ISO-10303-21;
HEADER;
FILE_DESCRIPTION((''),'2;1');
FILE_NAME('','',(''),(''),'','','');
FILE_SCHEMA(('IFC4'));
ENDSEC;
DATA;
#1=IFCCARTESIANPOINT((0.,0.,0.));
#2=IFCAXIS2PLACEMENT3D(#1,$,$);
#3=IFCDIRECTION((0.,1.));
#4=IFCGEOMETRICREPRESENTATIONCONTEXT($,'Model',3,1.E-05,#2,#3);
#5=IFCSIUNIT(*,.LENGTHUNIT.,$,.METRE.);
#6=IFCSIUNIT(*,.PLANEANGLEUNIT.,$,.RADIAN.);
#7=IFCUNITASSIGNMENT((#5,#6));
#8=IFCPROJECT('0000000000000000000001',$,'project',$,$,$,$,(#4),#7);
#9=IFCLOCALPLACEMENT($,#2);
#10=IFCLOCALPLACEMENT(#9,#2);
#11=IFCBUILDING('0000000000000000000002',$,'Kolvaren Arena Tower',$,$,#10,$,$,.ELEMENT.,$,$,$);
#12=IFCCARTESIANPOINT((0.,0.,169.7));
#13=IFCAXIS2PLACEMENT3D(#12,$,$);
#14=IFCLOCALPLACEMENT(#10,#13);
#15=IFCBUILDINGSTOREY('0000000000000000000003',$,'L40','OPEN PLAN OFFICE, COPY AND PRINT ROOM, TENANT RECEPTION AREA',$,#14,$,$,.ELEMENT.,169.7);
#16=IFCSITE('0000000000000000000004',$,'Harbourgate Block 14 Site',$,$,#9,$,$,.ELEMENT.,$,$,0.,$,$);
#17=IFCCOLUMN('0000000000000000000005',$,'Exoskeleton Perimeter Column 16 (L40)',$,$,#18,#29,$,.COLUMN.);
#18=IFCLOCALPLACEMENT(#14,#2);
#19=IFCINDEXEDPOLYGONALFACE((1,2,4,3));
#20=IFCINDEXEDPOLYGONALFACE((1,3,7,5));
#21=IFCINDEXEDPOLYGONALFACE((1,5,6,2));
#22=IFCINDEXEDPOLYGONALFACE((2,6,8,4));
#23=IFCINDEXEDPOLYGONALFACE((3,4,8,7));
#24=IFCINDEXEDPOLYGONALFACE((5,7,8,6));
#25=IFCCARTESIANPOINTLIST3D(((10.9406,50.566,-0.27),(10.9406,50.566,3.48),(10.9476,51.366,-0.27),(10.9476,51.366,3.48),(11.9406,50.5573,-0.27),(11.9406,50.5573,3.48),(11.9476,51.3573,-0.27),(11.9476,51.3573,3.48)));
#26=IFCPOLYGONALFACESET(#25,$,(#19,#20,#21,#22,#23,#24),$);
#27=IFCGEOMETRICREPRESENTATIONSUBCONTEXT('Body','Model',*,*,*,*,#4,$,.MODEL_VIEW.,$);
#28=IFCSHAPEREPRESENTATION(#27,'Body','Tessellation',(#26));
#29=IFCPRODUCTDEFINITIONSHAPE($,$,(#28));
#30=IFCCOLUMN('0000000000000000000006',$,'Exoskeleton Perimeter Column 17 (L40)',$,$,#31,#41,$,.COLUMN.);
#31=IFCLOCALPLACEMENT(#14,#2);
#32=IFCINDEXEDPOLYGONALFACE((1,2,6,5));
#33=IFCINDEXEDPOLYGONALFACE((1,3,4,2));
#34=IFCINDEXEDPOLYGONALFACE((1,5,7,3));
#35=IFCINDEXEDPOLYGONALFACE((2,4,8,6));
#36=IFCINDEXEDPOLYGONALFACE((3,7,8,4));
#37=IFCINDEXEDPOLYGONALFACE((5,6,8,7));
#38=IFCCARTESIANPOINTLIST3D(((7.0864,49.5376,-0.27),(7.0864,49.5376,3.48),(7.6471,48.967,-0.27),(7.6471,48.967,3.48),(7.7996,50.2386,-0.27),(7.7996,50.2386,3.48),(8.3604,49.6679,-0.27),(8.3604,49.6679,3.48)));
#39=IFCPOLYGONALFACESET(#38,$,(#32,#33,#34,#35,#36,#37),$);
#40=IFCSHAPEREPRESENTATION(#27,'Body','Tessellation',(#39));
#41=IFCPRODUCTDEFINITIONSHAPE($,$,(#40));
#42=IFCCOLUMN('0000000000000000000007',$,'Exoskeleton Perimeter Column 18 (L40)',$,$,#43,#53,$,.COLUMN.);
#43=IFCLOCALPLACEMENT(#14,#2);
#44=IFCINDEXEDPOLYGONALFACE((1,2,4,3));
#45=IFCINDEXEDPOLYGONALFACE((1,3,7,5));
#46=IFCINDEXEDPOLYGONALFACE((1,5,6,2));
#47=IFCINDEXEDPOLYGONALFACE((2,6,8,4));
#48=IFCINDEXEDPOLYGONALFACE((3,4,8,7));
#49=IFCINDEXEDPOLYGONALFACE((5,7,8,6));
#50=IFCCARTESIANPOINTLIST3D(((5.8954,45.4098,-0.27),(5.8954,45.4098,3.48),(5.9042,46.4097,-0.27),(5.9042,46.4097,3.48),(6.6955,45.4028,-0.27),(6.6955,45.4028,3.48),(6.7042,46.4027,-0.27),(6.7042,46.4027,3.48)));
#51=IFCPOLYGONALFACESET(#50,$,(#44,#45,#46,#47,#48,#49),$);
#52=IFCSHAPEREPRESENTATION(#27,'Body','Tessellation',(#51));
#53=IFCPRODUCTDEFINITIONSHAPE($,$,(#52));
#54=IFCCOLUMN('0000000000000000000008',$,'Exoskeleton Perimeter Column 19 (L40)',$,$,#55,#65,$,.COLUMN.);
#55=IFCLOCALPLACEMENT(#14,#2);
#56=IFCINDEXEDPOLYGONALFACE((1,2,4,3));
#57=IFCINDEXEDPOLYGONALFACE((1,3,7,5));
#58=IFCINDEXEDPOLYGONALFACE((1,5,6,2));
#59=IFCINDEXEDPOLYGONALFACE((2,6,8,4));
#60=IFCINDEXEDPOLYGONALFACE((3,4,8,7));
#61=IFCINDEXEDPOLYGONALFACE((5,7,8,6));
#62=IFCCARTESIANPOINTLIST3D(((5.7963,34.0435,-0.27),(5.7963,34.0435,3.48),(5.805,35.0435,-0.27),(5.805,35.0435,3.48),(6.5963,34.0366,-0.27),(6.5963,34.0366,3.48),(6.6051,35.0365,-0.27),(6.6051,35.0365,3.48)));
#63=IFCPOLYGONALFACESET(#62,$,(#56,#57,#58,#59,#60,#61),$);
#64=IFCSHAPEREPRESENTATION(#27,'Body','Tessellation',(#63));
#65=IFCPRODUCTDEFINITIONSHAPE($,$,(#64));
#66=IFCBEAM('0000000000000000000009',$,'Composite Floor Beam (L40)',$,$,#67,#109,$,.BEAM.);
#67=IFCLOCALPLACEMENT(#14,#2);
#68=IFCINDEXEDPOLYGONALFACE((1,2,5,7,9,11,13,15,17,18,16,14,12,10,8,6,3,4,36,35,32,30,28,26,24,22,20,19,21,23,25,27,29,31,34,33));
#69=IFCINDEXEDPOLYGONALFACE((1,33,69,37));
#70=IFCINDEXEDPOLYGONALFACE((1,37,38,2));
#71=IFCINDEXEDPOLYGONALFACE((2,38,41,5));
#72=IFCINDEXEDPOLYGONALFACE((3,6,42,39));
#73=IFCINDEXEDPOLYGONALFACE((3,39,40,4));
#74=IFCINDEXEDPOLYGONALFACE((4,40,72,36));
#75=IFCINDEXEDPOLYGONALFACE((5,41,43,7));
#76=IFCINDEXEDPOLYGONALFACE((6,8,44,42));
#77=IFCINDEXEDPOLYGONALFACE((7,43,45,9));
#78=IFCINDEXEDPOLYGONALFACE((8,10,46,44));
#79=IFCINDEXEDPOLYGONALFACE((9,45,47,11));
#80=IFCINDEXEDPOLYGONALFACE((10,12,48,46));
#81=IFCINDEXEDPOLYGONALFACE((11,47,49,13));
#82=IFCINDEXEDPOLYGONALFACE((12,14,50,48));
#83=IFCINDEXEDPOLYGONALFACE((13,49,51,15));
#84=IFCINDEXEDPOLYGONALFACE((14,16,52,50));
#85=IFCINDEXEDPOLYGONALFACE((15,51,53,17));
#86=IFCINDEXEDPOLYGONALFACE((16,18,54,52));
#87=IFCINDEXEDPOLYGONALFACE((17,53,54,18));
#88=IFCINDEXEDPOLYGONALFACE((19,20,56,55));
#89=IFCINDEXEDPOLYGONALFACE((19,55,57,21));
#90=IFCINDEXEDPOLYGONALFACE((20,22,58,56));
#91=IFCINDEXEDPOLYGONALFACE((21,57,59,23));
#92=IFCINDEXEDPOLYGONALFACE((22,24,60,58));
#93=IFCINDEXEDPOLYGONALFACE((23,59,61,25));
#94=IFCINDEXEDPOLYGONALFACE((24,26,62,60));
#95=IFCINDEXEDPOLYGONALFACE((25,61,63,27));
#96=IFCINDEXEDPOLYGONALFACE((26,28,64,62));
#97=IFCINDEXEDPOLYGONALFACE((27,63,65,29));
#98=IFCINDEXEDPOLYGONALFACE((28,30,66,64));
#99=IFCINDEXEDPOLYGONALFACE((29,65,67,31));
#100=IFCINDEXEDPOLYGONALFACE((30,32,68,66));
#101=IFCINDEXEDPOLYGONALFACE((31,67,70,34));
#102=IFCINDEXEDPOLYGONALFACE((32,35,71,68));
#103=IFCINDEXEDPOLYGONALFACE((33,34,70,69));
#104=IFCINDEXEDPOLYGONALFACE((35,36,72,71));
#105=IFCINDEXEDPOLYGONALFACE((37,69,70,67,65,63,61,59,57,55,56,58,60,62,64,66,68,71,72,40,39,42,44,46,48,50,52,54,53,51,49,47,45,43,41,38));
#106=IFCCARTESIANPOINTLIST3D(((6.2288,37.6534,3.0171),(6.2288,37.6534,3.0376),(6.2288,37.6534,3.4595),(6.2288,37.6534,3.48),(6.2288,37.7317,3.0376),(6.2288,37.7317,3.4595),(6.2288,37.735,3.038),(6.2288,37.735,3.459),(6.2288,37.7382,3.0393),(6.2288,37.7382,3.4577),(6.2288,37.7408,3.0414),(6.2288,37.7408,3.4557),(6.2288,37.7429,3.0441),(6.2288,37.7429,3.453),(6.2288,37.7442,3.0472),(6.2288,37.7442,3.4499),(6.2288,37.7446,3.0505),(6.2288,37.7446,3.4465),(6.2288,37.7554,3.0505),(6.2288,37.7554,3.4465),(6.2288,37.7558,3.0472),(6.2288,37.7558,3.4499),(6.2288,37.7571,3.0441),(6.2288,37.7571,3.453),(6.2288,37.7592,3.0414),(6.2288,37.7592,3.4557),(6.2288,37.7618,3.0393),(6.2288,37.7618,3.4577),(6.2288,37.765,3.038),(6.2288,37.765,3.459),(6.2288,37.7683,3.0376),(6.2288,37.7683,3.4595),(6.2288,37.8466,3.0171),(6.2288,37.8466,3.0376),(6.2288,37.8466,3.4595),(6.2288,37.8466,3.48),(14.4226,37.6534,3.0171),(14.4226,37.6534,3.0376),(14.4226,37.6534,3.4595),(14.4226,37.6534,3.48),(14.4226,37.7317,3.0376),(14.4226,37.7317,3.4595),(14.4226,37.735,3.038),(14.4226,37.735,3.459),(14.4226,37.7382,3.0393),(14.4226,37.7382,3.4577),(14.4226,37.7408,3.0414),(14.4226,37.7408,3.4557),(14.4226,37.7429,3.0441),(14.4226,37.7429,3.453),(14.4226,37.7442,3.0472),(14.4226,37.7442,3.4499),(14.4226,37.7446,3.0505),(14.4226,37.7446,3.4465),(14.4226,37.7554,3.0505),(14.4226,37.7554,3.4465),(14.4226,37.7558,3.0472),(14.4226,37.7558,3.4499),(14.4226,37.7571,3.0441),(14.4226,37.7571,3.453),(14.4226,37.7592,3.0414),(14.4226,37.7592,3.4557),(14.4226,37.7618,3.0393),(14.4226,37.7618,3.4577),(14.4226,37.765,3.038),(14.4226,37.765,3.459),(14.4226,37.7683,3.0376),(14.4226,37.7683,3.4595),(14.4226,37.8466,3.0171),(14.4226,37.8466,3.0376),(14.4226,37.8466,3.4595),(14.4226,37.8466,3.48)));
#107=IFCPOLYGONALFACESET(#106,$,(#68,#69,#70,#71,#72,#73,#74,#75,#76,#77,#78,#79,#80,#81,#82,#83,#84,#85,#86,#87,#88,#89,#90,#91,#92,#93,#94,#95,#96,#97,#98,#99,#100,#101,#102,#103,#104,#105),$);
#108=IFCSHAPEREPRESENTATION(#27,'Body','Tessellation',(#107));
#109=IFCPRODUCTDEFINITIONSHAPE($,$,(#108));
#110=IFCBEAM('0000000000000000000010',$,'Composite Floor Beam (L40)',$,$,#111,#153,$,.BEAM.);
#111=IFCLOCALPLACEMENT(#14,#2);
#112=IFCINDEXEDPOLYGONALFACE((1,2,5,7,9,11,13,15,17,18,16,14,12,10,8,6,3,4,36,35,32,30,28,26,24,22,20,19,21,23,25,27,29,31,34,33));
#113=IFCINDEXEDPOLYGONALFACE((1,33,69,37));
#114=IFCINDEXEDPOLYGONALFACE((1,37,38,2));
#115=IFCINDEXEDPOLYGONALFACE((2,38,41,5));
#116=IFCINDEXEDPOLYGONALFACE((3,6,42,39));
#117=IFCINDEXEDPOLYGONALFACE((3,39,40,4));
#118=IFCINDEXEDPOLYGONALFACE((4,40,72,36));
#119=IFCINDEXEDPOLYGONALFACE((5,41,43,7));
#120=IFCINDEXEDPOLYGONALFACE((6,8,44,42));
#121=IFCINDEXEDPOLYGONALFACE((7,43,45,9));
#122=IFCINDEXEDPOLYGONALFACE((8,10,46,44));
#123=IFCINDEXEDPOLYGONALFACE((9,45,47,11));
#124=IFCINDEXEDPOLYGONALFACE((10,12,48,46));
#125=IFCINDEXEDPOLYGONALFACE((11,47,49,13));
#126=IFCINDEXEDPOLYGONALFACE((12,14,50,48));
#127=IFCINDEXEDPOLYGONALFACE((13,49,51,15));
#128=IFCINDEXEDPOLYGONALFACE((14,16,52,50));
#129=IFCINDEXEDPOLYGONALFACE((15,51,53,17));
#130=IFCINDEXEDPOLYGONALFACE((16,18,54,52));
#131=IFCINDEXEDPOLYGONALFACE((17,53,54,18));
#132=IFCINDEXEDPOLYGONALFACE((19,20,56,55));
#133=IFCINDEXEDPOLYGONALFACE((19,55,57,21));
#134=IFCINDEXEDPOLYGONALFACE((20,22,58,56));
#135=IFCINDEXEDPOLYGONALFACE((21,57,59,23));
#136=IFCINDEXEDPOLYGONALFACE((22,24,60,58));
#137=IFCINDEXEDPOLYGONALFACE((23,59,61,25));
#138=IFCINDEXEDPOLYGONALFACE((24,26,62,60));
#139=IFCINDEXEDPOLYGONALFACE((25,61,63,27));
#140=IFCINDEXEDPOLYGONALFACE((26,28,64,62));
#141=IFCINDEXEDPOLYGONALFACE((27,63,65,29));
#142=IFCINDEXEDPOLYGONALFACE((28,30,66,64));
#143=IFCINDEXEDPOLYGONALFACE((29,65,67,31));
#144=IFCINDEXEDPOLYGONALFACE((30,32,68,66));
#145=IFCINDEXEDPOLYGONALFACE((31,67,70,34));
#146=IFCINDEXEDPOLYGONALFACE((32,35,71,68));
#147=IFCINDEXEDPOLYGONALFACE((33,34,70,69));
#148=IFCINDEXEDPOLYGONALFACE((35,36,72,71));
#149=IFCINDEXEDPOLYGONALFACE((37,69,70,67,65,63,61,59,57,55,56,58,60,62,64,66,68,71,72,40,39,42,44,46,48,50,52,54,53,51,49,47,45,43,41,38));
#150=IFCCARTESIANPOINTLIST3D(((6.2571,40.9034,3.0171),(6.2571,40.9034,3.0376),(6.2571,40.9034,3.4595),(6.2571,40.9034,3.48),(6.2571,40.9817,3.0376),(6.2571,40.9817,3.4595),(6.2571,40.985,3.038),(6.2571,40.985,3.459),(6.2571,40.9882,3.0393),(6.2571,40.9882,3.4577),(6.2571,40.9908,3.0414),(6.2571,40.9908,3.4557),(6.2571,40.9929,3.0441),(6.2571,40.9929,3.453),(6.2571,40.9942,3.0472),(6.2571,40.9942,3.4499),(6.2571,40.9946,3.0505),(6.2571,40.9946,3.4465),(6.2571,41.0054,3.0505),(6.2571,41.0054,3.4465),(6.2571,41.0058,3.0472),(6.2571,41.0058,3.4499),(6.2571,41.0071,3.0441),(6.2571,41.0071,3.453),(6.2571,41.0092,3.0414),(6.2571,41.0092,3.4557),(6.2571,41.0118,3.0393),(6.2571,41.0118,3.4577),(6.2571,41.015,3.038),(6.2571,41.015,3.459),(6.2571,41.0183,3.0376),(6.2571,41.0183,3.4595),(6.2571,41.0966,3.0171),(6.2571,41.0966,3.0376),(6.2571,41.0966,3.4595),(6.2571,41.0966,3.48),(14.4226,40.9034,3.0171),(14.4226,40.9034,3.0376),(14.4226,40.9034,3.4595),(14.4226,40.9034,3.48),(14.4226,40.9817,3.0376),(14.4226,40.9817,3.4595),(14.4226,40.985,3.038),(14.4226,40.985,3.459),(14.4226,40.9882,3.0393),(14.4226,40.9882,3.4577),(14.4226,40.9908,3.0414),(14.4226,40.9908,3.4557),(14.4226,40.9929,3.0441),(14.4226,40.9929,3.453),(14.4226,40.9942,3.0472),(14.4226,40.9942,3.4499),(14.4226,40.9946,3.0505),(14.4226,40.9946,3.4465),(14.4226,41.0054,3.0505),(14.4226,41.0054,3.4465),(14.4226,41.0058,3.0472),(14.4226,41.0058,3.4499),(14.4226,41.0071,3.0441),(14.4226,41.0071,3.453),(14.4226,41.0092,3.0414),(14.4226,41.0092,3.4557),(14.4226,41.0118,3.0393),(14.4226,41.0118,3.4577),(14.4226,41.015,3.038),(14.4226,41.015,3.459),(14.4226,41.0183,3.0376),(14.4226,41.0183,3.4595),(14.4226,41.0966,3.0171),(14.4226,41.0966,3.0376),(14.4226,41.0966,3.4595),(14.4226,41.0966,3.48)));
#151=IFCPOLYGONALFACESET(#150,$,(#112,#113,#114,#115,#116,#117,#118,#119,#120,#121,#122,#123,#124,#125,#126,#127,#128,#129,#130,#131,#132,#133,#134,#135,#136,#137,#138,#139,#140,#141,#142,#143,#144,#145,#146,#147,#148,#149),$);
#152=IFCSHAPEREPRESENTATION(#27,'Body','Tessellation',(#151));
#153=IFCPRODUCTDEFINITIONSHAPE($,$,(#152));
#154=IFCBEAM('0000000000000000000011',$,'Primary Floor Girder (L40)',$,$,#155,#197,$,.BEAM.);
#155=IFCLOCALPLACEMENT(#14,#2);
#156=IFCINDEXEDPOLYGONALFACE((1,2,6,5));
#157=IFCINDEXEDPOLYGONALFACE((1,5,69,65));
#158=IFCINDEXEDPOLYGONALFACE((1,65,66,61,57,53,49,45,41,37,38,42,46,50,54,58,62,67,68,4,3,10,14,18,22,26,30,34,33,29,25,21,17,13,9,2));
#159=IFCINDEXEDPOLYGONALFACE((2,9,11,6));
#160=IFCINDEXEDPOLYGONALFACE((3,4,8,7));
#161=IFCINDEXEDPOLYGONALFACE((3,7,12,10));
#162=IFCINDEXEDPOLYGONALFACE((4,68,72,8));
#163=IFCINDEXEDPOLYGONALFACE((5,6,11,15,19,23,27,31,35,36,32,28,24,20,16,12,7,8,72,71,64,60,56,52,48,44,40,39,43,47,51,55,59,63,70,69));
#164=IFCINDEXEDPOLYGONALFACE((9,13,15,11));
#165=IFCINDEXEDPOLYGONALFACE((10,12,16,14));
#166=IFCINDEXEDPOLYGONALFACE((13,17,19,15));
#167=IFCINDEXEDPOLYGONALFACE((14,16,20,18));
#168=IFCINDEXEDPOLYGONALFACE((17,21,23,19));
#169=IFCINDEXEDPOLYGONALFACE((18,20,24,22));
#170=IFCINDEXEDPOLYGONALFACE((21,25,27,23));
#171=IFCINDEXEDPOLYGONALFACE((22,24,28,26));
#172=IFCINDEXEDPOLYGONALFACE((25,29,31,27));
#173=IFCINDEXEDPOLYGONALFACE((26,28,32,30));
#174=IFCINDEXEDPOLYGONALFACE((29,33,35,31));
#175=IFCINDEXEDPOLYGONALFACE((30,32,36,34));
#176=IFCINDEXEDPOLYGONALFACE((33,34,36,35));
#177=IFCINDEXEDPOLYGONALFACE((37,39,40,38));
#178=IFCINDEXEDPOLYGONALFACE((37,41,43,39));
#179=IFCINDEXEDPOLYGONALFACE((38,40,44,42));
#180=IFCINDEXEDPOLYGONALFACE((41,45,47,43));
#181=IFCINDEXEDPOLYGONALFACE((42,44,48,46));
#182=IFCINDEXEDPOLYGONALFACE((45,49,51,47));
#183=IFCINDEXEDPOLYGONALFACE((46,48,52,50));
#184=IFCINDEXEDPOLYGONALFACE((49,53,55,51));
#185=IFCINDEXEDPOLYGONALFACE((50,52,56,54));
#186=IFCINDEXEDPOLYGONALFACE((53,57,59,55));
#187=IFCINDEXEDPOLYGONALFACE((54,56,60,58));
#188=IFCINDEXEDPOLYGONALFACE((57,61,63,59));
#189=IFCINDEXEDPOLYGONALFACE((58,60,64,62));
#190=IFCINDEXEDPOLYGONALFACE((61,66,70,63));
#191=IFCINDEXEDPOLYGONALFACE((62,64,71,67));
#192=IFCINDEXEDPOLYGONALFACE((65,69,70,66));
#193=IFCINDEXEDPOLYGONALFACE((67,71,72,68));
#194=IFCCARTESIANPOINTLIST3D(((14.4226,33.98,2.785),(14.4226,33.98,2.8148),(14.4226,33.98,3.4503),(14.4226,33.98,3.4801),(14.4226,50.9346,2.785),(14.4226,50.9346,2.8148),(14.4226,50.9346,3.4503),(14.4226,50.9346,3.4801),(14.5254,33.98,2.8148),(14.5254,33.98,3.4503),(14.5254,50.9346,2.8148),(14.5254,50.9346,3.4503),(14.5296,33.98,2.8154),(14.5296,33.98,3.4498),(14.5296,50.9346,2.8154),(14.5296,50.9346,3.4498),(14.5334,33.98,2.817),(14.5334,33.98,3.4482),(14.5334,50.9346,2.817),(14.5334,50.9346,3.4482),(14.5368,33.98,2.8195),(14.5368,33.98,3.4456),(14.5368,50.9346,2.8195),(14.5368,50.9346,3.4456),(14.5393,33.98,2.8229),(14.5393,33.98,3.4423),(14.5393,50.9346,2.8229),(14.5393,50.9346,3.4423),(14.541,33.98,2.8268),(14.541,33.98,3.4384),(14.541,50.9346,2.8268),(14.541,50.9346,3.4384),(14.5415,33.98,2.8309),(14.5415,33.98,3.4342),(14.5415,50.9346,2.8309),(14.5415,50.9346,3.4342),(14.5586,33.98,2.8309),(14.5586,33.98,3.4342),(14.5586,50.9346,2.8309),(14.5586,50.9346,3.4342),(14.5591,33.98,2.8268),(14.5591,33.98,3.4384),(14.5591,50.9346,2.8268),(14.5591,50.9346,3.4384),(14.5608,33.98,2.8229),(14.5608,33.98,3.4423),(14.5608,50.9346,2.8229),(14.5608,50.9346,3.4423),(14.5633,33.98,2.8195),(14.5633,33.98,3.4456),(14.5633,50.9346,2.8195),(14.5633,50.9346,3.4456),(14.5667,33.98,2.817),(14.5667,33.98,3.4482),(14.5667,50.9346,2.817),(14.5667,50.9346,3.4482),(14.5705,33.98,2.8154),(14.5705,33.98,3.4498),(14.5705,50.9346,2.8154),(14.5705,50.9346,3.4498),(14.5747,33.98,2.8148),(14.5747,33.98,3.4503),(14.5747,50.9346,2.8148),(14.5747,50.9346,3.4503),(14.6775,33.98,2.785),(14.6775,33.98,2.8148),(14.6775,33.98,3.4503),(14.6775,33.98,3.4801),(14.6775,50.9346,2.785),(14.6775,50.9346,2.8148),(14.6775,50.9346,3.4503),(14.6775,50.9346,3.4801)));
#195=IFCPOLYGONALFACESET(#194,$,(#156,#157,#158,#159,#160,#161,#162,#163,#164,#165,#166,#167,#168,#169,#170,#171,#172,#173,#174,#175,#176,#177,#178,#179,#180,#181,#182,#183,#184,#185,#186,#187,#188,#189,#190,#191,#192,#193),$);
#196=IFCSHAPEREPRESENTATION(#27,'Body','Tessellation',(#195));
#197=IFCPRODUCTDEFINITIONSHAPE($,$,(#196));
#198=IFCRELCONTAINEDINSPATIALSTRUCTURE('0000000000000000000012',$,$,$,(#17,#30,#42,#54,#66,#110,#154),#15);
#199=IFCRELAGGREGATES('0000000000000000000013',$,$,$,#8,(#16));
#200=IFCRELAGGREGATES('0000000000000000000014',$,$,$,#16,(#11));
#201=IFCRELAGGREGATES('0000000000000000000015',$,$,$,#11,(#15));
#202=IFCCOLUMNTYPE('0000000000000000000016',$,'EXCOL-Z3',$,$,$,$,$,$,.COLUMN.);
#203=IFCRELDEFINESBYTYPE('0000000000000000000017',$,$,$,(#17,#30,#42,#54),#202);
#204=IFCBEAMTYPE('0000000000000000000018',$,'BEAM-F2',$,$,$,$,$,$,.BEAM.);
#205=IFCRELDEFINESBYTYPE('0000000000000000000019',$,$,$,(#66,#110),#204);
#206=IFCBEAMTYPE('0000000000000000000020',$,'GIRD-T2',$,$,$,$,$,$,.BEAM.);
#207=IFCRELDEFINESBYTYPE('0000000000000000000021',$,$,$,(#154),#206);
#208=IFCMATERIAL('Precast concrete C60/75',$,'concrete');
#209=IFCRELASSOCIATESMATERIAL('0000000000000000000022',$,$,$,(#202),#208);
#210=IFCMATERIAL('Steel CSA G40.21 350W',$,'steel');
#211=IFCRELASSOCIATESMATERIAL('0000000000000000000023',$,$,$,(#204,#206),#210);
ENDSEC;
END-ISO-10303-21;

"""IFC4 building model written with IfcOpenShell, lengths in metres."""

from ifc_helpers import new_model, si_unit, direction, frame, origin, origin_2d, place, context, subcontext, project, spatial, rectangle, i_section, extrude, material, material_profile, profile_set, type_object, element, save


model = new_model("IFC4")

# Units and contexts
model_context = context("Model", 3, precision=1e-05, world=origin(), true_north=direction((0.0, 1.0)))
body_context = subcontext(model_context, "Body", "Model", "MODEL_VIEW")
ifc_project = project(units=[si_unit("LENGTHUNIT", "METRE"), si_unit("PLANEANGLEUNIT", "RADIAN")], contexts=[model_context])

# Site, building, storey
site_placement = place(None, origin())
site = spatial("IfcSite", under=ifc_project, at=site_placement, Name="Harbourgate Block 14 Site", CompositionType="ELEMENT", RefElevation=0.0)
building_placement = place(site_placement, origin())
building = spatial("IfcBuilding", under=site, at=building_placement, Name="Kolvaren Arena Tower", CompositionType="ELEMENT")
storey_placement = place(building_placement, frame((0.0, 0.0, 169.7)))
storey = spatial("IfcBuildingStorey", under=building, at=storey_placement, Name="L40", Description="OPEN PLAN OFFICE, COPY AND PRINT ROOM, TENANT RECEPTION AREA", CompositionType="ELEMENT", Elevation=169.7)

# Columns
ifc_material_1 = material(Name="Precast concrete C60/75", Category="concrete")
ifc_material_profile_1 = material_profile(ifc_material_1, rectangle(XDim=1.0, YDim=0.8, at=origin_2d()), Name="RC-1000x800")
ifc_profile_set_1 = profile_set([ifc_material_profile_1], Name="Precast concrete C60/75")
column_type = type_object("IfcColumnType", Name="EXCOL-Z3", PredefinedType="COLUMN", material=ifc_profile_set_1)
for number, where, z_axis, x_axis, name in (
    (1, (11.4441, 50.9617, -0.27), (0.0, 0.0, 1.0), (0.999962, -0.008727, 0.0), "Exoskeleton Perimeter Column 16 (L40)"),
    (2, (7.7234, 49.6028, -0.27), (0.0, 0.0, 1.0), (0.71325, 0.700909, 0.0), "Exoskeleton Perimeter Column 17 (L40)"),
    (3, (6.2998, 45.9062, -0.27), (0.0, 0.0, 1.0), (0.008727, 0.999962, 0.0), "Exoskeleton Perimeter Column 18 (L40)"),
    (4, (6.2007, 34.54, -0.27), (0.0, 0.0, 1.0), (0.008727, 0.999962, 0.0), "Exoskeleton Perimeter Column 19 (L40)"),
):
    element("IfcColumn", number, at=place(storey_placement, frame(where, z_axis=z_axis, x_axis=x_axis)), inside=storey, type_object=column_type, Name=name, PredefinedType="COLUMN", context=body_context, shape_type="SweptSolid", body=[
        extrude(rectangle(XDim=1.0, YDim=0.8, at=origin_2d()), origin(), (0.0, 0.0, 1.0), 3.75),
    ])

# Beams
ifc_material_2 = material(Name="Steel CSA G40.21 350W", Category="steel")
ifc_material_profile_2 = material_profile(ifc_material_2, i_section(OverallWidth=0.1931, OverallDepth=0.4629, WebThickness=0.0107, FlangeThickness=0.0205, FilletRadius=0.0129, at=origin_2d()), Name="W460x113")
ifc_profile_set_2 = profile_set([ifc_material_profile_2], Name="Steel CSA G40.21 350W")
beam_type_1 = type_object("IfcBeamType", Name="BEAM-F2", PredefinedType="BEAM", material=ifc_profile_set_2)
beam_1_placement = place(storey_placement, frame((6.2288, 37.75, 3.2485), z_axis=(1.0, 0.0, 0.0), x_axis=(0.0, 1.0, 0.0)))
element("IfcBeam", 5, at=beam_1_placement, inside=storey, type_object=beam_type_1, Name="Composite Floor Beam (L40)", PredefinedType="BEAM", context=body_context, shape_type="SweptSolid", body=[
    extrude(i_section(OverallWidth=0.1931, OverallDepth=0.4629, WebThickness=0.0107, FlangeThickness=0.0205, FilletRadius=0.0129, at=origin_2d()), origin(), (0.0, 0.0, 1.0), 8.1938),
])
beam_2_placement = place(storey_placement, frame((6.2571, 41.0, 3.2485), z_axis=(1.0, 0.0, 0.0), x_axis=(0.0, 1.0, 0.0)))
element("IfcBeam", 6, at=beam_2_placement, inside=storey, type_object=beam_type_1, Name="Composite Floor Beam (L40)", PredefinedType="BEAM", context=body_context, shape_type="SweptSolid", body=[
    extrude(i_section(OverallWidth=0.1931, OverallDepth=0.4629, WebThickness=0.0107, FlangeThickness=0.0205, FilletRadius=0.0129, at=origin_2d()), origin(), (0.0, 0.0, 1.0), 8.1655),
])
ifc_material_profile_3 = material_profile(ifc_material_2, i_section(OverallWidth=0.2549, OverallDepth=0.6951, WebThickness=0.0171, FlangeThickness=0.0298, FilletRadius=0.0161, at=origin_2d()), Name="W690x217")
ifc_profile_set_3 = profile_set([ifc_material_profile_3], Name="Steel CSA G40.21 350W")
beam_type_2 = type_object("IfcBeamType", Name="GIRD-T2", PredefinedType="BEAM", material=ifc_profile_set_3)
beam_3_placement = place(storey_placement, frame((14.55, 33.98, 3.1326), z_axis=(0.0, 1.0, 0.0), x_axis=(-1.0, 0.0, 0.0)))
element("IfcBeam", 7, at=beam_3_placement, inside=storey, type_object=beam_type_2, Name="Primary Floor Girder (L40)", PredefinedType="BEAM", context=body_context, shape_type="SweptSolid", body=[
    extrude(i_section(OverallWidth=0.2549, OverallDepth=0.6951, WebThickness=0.0171, FlangeThickness=0.0298, FilletRadius=0.0161, at=origin_2d()), origin(), (0.0, 0.0, 1.0), 16.9546),
])

save(model, "model.ifc")
